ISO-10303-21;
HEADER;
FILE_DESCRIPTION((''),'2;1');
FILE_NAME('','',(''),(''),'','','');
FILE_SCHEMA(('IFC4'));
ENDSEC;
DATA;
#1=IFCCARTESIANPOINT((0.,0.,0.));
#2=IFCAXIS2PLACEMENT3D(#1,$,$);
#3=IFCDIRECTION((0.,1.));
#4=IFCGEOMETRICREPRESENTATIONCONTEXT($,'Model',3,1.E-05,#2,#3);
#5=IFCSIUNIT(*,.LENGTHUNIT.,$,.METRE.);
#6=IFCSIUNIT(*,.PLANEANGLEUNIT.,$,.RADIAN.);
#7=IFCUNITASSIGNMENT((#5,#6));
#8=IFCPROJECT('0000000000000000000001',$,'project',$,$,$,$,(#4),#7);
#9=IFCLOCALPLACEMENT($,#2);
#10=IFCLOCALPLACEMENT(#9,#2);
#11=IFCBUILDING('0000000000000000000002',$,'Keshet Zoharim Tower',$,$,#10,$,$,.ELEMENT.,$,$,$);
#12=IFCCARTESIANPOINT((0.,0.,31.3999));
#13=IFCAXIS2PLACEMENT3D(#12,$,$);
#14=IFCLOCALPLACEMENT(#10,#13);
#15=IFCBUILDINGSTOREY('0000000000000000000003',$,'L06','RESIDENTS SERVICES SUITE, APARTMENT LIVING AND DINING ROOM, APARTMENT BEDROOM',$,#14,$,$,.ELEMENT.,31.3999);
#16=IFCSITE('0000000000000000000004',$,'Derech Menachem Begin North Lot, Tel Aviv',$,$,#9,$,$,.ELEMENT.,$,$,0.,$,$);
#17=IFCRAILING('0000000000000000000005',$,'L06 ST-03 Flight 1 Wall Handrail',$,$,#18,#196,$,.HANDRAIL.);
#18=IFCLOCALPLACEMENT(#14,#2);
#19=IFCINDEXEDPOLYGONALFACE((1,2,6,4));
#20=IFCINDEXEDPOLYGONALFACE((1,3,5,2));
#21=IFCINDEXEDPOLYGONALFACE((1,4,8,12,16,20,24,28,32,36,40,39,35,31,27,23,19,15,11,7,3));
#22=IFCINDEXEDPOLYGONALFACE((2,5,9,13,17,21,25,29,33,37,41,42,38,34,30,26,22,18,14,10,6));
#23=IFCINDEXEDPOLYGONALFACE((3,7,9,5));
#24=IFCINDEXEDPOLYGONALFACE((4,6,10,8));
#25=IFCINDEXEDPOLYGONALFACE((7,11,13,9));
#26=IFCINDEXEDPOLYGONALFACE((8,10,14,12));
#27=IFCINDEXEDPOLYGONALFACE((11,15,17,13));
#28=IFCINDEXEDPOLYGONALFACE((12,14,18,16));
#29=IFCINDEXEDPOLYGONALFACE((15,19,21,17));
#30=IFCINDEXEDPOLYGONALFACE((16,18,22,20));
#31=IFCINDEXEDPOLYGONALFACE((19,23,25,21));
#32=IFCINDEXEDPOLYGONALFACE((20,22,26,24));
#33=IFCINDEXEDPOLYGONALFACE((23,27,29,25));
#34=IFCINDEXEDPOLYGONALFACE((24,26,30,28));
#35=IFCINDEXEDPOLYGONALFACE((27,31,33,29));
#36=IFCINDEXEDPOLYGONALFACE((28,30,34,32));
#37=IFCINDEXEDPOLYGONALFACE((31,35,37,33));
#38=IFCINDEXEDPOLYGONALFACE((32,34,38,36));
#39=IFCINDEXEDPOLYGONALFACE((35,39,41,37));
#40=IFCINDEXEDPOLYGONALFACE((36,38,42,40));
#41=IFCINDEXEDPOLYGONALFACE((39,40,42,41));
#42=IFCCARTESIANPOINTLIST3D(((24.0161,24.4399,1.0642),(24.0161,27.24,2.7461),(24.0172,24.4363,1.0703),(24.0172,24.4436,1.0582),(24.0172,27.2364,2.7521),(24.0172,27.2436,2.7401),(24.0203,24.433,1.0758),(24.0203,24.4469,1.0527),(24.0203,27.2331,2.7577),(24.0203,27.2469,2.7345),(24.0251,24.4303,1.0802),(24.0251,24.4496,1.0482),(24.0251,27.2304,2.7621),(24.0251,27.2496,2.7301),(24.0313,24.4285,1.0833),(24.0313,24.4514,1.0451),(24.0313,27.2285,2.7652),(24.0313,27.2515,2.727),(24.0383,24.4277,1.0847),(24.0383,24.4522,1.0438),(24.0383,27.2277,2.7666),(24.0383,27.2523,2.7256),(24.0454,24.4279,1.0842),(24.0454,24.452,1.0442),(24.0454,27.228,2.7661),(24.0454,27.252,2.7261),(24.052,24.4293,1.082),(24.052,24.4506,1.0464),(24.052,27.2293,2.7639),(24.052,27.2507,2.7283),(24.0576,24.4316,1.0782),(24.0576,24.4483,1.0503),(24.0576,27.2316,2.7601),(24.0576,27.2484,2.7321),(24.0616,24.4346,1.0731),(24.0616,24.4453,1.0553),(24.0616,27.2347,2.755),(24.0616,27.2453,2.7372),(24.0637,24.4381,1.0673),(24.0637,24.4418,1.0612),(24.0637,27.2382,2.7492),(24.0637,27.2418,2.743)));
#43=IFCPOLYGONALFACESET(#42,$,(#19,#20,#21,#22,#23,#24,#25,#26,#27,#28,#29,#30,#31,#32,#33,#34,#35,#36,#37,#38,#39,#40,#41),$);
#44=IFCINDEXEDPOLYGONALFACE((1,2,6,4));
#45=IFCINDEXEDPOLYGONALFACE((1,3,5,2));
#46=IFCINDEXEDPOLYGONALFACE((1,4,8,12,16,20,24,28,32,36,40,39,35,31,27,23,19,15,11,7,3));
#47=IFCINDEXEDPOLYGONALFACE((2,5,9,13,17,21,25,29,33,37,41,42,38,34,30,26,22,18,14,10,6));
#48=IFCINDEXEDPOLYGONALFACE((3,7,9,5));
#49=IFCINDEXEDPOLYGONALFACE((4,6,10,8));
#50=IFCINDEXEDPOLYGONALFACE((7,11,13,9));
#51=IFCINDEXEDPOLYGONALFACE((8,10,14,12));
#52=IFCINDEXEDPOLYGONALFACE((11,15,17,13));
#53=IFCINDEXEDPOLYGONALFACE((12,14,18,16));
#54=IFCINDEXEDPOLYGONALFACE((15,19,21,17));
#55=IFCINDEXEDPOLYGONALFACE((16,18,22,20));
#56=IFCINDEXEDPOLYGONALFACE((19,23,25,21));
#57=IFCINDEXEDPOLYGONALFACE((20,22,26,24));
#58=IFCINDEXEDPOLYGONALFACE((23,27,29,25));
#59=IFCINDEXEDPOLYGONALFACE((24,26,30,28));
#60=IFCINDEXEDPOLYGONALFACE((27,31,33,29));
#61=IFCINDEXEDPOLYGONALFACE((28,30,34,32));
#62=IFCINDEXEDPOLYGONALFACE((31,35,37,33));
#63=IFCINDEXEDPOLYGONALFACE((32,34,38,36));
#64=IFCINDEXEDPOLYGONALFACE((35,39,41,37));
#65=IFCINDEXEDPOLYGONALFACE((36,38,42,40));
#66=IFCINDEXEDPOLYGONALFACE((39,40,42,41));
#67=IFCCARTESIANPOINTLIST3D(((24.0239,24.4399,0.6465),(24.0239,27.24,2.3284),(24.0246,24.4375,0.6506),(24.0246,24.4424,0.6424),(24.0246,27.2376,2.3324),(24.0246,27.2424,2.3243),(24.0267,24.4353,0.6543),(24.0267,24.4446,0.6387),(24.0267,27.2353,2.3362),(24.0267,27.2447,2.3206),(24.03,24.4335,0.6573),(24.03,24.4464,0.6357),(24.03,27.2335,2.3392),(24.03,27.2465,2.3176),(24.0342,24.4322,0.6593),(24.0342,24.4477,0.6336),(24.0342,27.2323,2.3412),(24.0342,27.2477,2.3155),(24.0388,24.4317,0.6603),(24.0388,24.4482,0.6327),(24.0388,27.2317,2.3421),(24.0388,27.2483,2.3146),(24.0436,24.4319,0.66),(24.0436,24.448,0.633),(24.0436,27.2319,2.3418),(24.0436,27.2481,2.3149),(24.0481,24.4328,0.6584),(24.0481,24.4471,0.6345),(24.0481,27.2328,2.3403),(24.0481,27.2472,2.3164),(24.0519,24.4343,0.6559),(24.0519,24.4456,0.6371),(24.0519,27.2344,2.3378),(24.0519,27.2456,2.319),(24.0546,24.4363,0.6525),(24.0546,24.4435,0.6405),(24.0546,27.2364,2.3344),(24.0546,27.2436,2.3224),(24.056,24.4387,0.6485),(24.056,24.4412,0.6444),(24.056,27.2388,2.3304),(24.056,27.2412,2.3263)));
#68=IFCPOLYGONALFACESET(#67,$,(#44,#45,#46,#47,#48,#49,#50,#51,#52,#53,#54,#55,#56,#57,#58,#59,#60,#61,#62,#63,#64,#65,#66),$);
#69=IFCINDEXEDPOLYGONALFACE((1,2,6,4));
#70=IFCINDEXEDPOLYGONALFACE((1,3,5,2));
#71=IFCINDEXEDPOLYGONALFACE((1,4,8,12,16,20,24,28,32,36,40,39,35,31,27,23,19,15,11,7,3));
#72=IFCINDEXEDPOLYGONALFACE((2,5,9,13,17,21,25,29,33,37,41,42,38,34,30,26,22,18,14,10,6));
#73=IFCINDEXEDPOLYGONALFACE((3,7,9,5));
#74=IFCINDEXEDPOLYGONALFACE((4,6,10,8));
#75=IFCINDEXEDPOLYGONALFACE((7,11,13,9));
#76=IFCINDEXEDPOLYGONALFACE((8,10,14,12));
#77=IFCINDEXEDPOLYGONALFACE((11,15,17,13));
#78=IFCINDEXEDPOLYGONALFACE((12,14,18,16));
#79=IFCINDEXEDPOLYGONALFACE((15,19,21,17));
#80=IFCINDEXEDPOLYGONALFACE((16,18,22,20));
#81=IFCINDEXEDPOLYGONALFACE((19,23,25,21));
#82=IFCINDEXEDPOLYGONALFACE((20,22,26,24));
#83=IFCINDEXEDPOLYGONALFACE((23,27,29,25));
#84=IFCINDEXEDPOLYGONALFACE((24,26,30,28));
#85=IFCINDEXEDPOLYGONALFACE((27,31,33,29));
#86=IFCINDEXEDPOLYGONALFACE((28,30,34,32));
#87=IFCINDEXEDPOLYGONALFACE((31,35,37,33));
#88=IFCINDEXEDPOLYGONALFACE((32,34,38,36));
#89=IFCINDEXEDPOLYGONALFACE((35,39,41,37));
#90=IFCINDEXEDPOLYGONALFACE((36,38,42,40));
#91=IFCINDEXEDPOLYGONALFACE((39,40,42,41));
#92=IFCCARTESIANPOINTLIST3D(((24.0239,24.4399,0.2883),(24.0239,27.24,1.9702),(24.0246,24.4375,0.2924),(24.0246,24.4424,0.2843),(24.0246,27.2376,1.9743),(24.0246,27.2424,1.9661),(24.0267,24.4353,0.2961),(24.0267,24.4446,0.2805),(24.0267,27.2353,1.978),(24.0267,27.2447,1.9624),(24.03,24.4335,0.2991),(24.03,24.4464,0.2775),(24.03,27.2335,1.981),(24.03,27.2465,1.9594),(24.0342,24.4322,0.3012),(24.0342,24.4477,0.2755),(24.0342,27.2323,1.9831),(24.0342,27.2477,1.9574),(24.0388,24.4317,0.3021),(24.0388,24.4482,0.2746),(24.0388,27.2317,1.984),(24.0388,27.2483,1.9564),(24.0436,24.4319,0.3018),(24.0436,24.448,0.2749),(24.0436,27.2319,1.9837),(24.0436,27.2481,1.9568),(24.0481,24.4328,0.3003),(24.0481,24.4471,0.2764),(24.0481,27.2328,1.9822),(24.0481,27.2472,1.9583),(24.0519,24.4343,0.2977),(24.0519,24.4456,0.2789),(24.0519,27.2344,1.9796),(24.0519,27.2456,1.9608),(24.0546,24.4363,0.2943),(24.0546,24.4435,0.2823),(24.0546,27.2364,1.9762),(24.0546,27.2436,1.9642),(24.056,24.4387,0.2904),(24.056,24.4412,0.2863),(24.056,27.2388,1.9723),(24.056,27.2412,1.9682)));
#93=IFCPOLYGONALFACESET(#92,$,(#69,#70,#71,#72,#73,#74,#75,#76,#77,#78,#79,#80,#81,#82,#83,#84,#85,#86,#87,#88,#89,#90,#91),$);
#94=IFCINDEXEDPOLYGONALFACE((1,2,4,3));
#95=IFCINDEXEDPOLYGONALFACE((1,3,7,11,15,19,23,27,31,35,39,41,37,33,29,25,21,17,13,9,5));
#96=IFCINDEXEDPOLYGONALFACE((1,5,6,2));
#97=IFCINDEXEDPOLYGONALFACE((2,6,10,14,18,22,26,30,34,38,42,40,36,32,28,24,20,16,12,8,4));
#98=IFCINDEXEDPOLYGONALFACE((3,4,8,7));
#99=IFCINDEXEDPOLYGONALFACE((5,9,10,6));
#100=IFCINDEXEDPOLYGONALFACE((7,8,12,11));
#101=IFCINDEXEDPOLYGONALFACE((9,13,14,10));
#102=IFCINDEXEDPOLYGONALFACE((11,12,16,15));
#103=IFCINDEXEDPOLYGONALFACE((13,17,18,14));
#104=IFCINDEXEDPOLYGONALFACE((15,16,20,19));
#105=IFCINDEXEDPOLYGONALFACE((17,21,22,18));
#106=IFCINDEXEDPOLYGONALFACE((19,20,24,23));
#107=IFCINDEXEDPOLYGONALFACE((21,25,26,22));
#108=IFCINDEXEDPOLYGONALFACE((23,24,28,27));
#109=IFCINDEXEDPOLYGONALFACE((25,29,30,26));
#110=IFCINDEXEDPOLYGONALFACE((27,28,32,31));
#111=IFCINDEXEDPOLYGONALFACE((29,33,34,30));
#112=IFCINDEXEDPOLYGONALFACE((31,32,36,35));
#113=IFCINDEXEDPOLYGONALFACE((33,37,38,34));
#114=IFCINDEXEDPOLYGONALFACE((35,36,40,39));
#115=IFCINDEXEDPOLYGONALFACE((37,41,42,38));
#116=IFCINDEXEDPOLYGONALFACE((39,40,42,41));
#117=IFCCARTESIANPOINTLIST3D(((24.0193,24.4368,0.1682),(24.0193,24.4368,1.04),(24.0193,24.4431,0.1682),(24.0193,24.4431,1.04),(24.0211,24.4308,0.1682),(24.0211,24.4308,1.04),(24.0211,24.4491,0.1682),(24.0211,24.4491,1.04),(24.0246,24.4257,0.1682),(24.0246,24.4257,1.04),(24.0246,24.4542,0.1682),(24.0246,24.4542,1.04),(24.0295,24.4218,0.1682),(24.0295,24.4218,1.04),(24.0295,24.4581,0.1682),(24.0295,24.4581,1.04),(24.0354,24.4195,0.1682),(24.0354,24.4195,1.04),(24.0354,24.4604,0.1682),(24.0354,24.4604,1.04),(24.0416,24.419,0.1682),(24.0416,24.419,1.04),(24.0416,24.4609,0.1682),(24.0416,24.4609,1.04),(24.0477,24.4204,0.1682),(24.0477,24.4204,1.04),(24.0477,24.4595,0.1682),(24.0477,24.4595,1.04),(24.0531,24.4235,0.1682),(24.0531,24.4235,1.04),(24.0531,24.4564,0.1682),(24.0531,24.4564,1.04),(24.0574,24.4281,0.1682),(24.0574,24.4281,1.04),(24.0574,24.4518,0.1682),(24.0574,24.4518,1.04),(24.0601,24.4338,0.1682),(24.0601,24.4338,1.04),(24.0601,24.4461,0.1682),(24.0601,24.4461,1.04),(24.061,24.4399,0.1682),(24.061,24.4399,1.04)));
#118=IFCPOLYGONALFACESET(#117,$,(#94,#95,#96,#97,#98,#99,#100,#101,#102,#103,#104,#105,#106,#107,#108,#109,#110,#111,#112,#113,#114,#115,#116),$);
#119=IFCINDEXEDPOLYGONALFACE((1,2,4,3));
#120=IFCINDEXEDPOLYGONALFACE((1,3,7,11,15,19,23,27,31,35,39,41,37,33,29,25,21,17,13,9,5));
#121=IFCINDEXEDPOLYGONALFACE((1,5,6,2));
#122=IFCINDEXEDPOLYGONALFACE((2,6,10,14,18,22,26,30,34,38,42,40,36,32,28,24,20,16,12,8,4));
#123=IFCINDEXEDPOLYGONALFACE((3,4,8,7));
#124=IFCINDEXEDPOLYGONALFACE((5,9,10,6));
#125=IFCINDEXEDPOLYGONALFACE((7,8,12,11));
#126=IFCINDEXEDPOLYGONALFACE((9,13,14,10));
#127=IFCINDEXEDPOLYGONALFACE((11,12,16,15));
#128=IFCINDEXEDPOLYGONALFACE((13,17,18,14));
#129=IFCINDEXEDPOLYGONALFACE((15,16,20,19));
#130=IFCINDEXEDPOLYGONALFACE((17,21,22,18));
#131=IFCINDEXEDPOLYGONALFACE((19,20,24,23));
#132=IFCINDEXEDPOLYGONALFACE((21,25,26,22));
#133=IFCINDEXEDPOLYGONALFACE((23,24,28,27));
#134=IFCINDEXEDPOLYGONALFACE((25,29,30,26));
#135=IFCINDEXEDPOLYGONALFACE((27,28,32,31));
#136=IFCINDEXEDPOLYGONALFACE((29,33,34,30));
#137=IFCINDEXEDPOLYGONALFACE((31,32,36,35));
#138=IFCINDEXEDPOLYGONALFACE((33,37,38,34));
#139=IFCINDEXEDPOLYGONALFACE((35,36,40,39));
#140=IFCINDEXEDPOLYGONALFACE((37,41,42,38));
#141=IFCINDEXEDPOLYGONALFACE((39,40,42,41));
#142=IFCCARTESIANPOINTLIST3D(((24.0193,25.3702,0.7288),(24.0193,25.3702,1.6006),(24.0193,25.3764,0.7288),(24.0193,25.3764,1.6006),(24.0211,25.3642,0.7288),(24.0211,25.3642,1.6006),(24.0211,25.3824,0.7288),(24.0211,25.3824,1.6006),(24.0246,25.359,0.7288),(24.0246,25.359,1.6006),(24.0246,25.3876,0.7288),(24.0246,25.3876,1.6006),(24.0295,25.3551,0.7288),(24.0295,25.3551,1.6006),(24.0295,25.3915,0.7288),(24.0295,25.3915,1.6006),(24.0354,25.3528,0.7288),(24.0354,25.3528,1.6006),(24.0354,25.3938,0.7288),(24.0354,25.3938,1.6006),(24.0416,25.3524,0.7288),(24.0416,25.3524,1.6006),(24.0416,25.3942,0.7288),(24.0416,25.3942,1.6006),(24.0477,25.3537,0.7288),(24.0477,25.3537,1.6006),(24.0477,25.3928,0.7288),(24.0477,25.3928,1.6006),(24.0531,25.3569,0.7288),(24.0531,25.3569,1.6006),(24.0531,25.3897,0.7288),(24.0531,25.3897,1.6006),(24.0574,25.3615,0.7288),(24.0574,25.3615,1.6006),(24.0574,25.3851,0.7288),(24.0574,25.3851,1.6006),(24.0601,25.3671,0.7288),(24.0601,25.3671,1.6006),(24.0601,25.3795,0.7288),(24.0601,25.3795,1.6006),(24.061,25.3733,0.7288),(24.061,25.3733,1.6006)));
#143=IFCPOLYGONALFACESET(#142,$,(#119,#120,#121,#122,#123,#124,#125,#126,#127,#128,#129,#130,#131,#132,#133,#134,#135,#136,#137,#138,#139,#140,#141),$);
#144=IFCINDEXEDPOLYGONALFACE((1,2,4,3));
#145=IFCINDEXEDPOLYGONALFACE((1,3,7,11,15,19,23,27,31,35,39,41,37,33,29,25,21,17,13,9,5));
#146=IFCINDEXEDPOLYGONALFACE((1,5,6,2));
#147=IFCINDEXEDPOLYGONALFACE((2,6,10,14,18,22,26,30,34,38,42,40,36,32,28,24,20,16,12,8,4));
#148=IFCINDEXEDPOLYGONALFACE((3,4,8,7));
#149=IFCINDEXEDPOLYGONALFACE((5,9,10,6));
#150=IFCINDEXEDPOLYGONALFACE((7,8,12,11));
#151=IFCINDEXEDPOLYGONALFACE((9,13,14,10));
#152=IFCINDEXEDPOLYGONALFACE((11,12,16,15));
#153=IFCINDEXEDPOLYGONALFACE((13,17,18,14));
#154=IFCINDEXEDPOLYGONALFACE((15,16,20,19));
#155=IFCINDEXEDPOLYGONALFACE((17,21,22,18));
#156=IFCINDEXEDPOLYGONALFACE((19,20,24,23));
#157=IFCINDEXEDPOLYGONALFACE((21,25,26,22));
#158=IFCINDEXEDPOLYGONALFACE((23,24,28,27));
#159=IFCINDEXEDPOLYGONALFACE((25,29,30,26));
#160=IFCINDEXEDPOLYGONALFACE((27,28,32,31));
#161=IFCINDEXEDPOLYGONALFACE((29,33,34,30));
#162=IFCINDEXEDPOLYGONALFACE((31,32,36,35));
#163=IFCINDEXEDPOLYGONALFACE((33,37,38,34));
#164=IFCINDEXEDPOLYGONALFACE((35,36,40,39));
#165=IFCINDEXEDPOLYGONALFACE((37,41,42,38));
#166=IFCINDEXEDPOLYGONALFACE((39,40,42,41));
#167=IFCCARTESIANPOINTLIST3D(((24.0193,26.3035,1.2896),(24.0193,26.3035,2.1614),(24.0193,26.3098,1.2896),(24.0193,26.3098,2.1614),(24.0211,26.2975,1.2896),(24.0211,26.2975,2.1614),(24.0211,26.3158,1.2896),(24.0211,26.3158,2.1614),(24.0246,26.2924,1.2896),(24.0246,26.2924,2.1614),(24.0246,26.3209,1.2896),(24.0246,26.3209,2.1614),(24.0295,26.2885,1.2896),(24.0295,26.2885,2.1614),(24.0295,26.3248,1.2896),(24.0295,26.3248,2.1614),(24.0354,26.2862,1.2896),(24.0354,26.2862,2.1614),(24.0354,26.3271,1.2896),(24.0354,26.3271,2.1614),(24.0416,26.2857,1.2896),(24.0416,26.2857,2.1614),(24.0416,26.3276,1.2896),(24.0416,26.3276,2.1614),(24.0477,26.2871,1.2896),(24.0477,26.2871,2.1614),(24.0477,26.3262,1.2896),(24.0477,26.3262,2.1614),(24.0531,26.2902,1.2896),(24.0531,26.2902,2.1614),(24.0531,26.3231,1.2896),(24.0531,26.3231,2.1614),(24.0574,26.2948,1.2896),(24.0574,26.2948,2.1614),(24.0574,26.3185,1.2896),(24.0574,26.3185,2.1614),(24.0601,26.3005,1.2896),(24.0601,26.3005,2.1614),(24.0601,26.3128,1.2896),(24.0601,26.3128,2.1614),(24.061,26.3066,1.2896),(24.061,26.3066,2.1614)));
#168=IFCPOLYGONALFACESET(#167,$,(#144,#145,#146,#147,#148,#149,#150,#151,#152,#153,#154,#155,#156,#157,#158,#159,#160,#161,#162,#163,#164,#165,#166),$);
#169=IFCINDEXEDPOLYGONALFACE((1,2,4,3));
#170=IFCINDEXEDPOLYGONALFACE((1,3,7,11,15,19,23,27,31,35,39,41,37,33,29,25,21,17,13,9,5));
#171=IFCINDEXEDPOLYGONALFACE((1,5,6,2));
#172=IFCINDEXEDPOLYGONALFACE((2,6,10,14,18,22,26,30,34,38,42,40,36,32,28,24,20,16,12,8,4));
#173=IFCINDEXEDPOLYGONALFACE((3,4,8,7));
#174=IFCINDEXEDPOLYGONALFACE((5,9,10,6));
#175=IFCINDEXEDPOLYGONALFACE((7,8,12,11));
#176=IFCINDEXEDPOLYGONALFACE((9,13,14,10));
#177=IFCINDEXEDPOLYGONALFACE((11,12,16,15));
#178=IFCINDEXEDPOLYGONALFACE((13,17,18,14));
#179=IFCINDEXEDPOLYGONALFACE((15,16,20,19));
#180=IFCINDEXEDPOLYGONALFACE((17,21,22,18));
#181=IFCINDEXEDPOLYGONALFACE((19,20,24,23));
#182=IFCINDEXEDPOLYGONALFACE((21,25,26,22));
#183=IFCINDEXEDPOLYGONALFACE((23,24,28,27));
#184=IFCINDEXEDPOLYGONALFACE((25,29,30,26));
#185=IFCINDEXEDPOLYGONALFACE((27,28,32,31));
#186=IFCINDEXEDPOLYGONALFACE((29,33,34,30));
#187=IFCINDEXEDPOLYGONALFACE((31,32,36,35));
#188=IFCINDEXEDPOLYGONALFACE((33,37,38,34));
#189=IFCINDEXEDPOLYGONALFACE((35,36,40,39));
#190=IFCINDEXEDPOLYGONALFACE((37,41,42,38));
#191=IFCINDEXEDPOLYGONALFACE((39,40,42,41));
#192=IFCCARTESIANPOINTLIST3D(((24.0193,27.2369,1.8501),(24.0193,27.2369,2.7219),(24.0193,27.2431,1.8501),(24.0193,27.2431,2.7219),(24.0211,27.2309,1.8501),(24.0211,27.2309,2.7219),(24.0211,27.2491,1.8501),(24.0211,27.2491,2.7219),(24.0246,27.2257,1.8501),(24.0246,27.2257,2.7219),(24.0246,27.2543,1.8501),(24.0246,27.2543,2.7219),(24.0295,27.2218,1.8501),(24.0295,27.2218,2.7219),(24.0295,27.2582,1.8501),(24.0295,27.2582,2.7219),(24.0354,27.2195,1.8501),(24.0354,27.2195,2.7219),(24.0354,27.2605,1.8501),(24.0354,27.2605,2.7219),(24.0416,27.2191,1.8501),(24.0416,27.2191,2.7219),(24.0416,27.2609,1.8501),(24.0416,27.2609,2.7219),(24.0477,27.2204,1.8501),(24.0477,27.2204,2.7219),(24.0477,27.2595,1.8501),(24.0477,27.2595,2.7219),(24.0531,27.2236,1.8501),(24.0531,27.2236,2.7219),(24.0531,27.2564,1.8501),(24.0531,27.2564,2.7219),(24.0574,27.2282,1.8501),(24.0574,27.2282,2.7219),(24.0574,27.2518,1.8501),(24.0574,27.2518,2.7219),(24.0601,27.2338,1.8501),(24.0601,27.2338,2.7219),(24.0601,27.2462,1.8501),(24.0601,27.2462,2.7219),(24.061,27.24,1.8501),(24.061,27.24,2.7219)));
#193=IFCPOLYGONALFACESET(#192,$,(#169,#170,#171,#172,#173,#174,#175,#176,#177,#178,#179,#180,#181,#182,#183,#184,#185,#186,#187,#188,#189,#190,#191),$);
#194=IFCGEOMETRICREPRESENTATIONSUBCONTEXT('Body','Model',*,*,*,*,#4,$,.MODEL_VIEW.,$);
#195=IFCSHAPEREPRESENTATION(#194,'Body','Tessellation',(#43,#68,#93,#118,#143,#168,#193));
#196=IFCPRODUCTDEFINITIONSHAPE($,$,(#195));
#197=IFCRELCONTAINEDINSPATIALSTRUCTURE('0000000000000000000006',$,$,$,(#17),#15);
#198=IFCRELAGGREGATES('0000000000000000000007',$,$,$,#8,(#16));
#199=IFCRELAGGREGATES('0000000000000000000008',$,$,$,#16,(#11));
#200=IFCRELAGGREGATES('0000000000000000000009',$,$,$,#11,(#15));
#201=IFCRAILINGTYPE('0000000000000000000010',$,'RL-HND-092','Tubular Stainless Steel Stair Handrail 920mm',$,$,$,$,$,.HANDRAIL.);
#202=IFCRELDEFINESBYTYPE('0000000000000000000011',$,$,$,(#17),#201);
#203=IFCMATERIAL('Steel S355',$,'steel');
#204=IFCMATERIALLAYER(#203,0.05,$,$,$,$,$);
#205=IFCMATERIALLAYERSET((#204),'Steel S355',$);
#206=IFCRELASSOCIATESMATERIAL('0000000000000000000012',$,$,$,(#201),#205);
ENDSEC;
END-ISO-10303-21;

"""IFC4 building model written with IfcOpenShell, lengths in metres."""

from ifc_helpers import new_model, si_unit, direction, frame, origin, origin_2d, place, context, subcontext, project, spatial, circle, extrude, material, layer, layer_set, type_object, element, save


model = new_model("IFC4")

# Units and contexts
model_context = context("Model", 3, precision=1e-05, world=origin(), true_north=direction((0.0, 1.0)))
body_context = subcontext(model_context, "Body", "Model", "MODEL_VIEW")
ifc_project = project(units=[si_unit("LENGTHUNIT", "METRE"), si_unit("PLANEANGLEUNIT", "RADIAN")], contexts=[model_context])

# Site, building, storey
site_placement = place(None, origin())
site = spatial("IfcSite", under=ifc_project, at=site_placement, Name="Derech Menachem Begin North Lot, Tel Aviv", CompositionType="ELEMENT", RefElevation=0.0)
building_placement = place(site_placement, origin())
building = spatial("IfcBuilding", under=site, at=building_placement, Name="Keshet Zoharim Tower", CompositionType="ELEMENT")
storey_placement = place(building_placement, frame((0.0, 0.0, 31.3999)))
storey = spatial("IfcBuildingStorey", under=building, at=storey_placement, Name="L06", Description="RESIDENTS SERVICES SUITE, APARTMENT LIVING AND DINING ROOM, APARTMENT BEDROOM", CompositionType="ELEMENT", Elevation=31.3999)

# Shared definitions
ifc_material_1 = material(Name="Steel S355", Category="steel")

# Railing
ifc_layer_1 = layer(ifc_material_1, 0.05)
ifc_layer_set_1 = layer_set([ifc_layer_1], Name="Steel S355")
railing_type_1 = type_object("IfcRailingType", Name="RL-HND-092", Description="Tubular Stainless Steel Stair Handrail 920mm", PredefinedType="HANDRAIL", material=ifc_layer_set_1)
railing_1_placement = place(storey_placement, frame((24.04, 24.4399, 0.1682)))
element("IfcRailing", 1, at=railing_1_placement, inside=storey, type_object=railing_type_1, Name="L06 ST-03 Flight 1 Wall Handrail", PredefinedType="HANDRAIL", context=body_context, shape_type="SweptSolid", body=[
    extrude(circle(Radius=0.0239, at=origin_2d()), frame((0.0, 0.0, 0.896), z_axis=(0.0, 0.857242, 0.514913), x_axis=(-1.0, 0.0, 0.0)), (0.0, 0.0, 1.0), 3.2664),
    extrude(circle(Radius=0.0161, at=origin_2d()), frame((0.0, 0.0, 0.4783), z_axis=(0.0, 0.857242, 0.514913), x_axis=(-1.0, 0.0, 0.0)), (0.0, 0.0, 1.0), 3.2664),
    extrude(circle(Radius=0.0161, at=origin_2d()), frame((0.0, 0.0, 0.1201), z_axis=(0.0, 0.857242, 0.514913), x_axis=(-1.0, 0.0, 0.0)), (0.0, 0.0, 1.0), 3.2664),
    extrude(circle(Radius=0.021, at=origin_2d()), origin(), (0.0, 0.0, 1.0), 0.8718),
    extrude(circle(Radius=0.021, at=origin_2d()), frame((0.0, 0.9333, 0.5605)), (0.0, 0.0, 1.0), 0.8718),
    extrude(circle(Radius=0.021, at=origin_2d()), frame((0.0, 1.8667, 1.1213)), (0.0, 0.0, 1.0), 0.8718),
    extrude(circle(Radius=0.021, at=origin_2d()), frame((0.0, 2.8, 1.6819)), (0.0, 0.0, 1.0), 0.8718),
])

save(model, "model.ifc")
